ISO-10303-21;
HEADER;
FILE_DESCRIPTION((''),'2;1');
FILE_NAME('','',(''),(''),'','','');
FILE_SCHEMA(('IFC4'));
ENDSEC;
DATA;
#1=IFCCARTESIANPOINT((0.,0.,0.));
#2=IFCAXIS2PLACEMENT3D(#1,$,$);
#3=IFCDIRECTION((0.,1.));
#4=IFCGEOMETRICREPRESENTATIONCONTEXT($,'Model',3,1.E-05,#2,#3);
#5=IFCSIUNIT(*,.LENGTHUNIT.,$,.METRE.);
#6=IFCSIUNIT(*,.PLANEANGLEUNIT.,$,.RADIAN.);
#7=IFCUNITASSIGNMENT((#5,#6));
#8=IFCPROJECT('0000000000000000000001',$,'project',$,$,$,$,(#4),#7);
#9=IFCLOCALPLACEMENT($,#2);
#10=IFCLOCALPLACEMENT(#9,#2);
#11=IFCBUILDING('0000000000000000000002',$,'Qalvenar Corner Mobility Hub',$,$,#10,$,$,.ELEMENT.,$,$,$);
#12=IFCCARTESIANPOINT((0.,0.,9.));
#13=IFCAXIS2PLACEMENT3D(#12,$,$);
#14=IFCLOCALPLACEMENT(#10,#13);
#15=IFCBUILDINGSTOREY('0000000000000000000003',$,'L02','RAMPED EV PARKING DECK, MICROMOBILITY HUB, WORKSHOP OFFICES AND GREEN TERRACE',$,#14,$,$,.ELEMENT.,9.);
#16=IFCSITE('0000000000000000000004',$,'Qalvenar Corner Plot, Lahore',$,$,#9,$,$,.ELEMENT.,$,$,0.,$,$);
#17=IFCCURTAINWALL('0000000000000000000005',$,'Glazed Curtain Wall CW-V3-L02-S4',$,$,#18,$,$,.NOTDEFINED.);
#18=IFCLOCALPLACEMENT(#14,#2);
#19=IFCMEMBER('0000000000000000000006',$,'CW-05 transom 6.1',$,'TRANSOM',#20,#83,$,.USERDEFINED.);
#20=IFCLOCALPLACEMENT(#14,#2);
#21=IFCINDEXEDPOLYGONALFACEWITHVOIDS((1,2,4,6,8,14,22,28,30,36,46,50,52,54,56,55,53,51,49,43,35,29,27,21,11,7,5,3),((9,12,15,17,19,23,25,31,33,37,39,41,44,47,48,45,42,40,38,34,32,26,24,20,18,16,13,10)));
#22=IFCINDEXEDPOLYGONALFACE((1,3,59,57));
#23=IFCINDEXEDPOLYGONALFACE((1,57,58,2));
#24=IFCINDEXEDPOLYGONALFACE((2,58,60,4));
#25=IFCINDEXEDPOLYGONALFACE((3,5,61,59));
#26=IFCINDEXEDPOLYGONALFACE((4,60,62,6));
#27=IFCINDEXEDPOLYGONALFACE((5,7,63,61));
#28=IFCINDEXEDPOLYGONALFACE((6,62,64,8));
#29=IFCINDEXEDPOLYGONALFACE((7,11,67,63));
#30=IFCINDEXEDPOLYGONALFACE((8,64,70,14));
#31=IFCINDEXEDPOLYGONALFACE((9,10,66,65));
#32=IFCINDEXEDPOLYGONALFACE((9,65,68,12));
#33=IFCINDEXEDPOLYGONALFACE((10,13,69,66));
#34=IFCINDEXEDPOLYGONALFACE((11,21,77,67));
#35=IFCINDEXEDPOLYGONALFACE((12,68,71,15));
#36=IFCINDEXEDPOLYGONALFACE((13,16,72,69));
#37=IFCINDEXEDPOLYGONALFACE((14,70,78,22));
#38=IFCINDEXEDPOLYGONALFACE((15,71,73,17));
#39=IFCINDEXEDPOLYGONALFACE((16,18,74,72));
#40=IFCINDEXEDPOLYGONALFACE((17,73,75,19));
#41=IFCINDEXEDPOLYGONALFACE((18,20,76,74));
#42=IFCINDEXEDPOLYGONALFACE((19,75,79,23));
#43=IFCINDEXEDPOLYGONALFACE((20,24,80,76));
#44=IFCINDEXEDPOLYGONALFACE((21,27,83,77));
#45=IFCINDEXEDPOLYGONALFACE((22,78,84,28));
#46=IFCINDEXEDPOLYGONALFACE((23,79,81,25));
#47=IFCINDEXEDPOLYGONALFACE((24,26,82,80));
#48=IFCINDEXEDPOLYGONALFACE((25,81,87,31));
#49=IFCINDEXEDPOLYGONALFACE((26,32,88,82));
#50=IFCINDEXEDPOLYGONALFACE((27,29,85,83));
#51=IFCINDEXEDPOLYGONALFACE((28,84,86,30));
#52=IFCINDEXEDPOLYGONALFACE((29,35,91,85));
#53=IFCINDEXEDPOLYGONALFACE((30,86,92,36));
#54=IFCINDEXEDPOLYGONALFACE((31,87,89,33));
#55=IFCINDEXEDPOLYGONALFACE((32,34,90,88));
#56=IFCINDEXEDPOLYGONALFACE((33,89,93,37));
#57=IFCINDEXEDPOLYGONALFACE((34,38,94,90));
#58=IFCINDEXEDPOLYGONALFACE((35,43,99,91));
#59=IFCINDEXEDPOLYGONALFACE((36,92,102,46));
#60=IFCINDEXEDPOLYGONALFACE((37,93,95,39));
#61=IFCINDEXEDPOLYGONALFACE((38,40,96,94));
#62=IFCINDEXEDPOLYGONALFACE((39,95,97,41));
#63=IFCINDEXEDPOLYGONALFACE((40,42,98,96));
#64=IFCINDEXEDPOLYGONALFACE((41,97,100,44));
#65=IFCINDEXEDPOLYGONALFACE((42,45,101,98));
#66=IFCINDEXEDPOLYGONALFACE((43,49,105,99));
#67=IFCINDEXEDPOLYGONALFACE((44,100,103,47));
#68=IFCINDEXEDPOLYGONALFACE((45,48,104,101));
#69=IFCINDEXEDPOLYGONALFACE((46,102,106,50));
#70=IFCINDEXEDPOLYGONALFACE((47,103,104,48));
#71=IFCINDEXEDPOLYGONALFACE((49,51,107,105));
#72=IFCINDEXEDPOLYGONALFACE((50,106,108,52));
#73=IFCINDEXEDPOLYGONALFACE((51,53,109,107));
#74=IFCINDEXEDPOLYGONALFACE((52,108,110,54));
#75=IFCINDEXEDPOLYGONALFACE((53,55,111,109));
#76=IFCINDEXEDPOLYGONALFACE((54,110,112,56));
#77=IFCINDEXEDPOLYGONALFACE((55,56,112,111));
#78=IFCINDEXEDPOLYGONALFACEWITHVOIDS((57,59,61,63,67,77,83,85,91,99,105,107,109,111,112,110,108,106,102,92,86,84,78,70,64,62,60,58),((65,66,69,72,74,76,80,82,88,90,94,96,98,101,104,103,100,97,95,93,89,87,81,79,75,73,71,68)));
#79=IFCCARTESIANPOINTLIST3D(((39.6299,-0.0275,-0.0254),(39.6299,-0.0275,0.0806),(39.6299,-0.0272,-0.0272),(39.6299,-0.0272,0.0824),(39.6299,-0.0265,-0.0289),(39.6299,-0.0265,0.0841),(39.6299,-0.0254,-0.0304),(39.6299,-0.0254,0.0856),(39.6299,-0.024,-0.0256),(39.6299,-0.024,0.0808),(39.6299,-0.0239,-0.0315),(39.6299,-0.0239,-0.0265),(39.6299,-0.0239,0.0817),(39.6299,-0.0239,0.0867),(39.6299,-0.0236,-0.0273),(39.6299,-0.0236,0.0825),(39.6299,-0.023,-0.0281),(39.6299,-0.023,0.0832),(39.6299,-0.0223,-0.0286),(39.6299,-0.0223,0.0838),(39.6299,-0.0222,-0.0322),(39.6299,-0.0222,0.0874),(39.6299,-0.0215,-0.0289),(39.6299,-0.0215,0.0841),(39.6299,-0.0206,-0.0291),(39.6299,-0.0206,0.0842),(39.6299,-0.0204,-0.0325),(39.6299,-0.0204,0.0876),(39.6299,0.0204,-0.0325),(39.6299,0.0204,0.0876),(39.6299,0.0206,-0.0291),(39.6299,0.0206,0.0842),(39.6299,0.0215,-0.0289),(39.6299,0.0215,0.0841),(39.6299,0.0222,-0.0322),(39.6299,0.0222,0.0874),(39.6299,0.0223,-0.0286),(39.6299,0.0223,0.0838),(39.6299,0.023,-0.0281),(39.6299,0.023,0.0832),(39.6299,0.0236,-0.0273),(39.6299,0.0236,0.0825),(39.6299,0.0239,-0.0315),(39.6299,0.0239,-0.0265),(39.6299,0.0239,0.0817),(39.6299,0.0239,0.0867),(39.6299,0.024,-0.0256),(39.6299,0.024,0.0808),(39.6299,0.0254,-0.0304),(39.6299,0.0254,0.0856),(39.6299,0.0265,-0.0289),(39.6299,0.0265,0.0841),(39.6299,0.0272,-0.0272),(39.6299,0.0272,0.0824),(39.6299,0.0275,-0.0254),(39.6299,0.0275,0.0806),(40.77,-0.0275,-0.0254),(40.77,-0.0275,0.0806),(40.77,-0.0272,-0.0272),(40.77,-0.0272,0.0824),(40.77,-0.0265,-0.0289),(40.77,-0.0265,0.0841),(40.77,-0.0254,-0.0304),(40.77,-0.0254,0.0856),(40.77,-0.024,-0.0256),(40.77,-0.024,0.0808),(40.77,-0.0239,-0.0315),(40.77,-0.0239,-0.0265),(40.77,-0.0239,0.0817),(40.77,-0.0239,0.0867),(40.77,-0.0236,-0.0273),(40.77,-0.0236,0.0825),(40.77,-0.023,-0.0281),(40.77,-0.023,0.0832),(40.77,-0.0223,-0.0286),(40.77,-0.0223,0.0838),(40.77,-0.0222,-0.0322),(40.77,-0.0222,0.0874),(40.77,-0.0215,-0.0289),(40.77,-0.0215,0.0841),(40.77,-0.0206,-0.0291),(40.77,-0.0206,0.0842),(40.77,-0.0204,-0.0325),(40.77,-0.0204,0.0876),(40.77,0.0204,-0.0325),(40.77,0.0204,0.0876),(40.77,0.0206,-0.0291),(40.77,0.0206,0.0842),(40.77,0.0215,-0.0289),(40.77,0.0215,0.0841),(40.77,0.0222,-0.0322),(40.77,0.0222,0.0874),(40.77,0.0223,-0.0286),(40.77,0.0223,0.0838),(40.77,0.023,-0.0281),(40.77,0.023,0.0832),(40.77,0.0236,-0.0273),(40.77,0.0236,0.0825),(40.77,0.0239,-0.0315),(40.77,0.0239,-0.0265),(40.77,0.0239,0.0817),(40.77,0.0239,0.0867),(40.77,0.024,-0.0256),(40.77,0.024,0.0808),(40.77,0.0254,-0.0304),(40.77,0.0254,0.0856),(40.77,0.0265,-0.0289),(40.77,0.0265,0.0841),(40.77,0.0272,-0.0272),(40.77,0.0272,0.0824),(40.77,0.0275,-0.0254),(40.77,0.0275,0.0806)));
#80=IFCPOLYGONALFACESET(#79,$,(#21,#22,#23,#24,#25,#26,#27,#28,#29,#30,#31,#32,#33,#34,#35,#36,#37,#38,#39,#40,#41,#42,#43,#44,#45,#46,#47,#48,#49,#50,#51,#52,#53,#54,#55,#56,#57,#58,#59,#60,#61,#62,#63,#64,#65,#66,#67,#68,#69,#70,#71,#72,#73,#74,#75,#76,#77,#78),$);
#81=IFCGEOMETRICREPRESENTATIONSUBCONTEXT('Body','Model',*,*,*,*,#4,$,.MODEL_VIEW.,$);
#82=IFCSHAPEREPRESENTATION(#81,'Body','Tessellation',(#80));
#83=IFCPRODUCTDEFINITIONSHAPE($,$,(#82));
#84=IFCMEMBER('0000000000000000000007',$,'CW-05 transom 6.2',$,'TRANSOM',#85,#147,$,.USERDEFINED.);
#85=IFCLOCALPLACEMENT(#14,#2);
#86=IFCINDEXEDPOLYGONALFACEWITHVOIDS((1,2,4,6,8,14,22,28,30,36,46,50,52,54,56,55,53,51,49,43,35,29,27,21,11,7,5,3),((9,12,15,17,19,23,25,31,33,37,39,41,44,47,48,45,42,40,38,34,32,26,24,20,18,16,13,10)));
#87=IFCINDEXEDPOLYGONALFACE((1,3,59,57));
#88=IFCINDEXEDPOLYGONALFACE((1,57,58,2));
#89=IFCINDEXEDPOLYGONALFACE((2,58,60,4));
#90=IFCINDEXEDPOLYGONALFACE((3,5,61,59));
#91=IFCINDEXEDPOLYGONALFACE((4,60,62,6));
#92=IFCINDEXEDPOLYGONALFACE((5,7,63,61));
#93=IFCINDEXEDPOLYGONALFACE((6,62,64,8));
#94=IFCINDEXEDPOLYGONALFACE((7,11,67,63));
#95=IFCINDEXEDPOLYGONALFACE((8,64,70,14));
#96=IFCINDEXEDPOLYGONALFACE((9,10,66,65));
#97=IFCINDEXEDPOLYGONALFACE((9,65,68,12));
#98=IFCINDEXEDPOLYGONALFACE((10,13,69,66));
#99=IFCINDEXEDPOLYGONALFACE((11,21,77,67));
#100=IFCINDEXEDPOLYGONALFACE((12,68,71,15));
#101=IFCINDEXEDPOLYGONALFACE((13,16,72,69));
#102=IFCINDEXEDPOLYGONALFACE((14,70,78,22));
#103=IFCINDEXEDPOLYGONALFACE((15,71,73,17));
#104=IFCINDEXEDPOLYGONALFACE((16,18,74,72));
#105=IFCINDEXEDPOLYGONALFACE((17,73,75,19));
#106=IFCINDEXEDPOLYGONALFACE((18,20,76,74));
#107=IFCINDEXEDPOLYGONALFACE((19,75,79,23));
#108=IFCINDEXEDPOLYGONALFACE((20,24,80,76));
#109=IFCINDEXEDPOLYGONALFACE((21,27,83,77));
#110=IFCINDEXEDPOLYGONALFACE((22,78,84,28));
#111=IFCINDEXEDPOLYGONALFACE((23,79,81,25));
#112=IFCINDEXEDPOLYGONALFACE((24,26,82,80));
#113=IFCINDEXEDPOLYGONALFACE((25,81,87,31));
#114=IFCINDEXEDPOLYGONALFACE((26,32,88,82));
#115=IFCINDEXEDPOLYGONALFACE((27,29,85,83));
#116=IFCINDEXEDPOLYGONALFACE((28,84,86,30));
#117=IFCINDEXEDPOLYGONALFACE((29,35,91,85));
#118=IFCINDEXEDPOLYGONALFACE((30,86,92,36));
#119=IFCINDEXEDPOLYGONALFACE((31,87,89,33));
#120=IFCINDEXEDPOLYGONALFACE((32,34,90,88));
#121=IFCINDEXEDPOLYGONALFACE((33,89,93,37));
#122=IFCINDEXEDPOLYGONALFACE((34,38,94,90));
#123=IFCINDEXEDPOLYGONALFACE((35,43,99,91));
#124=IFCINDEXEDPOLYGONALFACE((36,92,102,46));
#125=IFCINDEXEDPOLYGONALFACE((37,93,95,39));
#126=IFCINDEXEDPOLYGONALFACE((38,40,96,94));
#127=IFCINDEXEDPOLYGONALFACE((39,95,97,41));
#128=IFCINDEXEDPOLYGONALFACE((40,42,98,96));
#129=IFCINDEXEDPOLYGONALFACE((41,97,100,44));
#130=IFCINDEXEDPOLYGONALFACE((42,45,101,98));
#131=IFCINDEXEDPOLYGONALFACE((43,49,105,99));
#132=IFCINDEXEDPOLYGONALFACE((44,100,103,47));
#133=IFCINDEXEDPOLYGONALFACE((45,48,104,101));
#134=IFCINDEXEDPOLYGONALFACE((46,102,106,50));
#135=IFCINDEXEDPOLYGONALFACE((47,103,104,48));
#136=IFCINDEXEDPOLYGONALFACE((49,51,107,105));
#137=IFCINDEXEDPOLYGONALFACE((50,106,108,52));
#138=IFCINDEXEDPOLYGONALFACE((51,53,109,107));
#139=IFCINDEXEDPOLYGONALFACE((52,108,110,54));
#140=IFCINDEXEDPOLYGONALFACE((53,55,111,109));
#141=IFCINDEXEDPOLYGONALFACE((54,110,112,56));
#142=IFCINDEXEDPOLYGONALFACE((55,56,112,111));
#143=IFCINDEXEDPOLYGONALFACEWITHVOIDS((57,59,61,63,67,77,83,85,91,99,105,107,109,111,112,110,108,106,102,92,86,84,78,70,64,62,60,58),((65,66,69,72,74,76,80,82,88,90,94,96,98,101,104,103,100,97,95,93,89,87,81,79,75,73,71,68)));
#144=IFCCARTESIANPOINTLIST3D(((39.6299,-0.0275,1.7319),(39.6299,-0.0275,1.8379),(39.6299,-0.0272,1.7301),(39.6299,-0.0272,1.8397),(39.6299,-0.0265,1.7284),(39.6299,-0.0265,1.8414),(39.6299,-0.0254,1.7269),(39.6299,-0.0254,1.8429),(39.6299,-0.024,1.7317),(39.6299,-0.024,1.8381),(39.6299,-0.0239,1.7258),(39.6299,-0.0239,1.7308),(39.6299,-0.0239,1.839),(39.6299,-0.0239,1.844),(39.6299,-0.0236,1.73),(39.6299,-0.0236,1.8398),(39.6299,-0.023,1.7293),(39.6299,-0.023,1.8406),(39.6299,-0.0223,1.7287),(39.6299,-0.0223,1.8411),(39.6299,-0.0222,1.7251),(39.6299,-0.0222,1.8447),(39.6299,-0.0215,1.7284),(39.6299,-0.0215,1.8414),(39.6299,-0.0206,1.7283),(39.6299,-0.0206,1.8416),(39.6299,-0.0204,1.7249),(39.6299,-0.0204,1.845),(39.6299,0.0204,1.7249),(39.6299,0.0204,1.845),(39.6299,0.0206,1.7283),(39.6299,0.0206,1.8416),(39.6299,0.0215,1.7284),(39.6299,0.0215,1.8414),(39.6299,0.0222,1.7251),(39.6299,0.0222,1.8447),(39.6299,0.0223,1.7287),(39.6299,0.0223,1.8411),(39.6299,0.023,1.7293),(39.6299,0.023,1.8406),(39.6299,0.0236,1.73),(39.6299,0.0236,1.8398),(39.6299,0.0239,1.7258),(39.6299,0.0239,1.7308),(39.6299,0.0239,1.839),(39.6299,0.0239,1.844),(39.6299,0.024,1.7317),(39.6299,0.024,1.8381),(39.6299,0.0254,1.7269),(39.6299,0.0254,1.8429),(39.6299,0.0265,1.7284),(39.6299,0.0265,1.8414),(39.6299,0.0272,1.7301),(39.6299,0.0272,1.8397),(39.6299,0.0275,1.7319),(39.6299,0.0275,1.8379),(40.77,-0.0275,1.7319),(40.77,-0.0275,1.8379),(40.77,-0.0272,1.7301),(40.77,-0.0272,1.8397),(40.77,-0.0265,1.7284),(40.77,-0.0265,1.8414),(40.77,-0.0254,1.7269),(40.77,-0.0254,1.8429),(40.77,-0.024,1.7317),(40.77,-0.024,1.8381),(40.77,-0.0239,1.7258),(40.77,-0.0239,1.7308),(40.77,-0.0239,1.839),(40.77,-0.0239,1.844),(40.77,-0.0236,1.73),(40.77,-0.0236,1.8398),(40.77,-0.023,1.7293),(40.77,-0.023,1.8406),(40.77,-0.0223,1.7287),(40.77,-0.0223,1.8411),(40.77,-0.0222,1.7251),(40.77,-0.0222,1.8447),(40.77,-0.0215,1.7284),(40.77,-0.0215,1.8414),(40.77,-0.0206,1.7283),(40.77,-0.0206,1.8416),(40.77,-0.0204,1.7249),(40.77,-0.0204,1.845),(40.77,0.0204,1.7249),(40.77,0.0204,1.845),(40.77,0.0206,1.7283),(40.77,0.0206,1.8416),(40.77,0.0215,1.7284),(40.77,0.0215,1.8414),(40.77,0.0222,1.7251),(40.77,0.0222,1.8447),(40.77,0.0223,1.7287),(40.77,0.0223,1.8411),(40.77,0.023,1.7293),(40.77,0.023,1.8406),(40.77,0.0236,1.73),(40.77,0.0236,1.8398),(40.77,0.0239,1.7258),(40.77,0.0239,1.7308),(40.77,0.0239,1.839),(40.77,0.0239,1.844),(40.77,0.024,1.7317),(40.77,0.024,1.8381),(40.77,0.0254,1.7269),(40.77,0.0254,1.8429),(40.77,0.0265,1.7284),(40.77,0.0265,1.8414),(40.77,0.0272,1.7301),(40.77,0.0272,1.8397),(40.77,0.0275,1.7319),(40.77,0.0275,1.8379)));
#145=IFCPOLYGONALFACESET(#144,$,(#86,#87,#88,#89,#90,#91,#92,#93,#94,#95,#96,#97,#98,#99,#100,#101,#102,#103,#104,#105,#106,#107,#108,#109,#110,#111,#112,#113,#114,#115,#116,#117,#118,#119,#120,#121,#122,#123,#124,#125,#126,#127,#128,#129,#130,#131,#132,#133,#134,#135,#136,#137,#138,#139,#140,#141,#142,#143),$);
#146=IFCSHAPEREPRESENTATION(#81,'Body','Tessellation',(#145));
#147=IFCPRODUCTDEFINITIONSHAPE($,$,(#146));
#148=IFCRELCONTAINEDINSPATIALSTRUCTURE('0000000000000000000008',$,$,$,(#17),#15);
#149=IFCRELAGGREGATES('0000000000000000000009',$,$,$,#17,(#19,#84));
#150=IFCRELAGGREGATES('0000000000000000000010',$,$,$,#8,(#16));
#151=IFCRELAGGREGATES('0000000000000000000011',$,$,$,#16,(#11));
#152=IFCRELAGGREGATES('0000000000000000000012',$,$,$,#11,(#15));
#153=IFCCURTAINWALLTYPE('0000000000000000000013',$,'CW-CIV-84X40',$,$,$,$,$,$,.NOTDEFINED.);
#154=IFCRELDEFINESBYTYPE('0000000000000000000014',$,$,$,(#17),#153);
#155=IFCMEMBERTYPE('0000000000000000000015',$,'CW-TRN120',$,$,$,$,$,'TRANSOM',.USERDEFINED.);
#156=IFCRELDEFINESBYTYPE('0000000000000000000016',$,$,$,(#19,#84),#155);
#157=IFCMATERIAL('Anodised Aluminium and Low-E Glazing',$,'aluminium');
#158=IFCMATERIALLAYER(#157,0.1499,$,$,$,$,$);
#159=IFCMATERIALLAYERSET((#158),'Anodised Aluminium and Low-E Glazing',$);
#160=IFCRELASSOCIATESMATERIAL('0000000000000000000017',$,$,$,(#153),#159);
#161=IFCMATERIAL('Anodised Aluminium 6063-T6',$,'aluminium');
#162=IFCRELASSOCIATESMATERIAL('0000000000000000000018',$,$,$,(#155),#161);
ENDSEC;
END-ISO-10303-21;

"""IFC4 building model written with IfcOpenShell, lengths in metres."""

from ifc_helpers import new_model, si_unit, direction, frame, origin, origin_2d, place, context, subcontext, project, spatial, hollow_rectangle, extrude, material, layer, layer_set, material_profile, profile_set, type_object, element, aggregate, save


model = new_model("IFC4")

# Units and contexts
model_context = context("Model", 3, precision=1e-05, world=origin(), true_north=direction((0.0, 1.0)))
body_context = subcontext(model_context, "Body", "Model", "MODEL_VIEW")
ifc_project = project(units=[si_unit("LENGTHUNIT", "METRE"), si_unit("PLANEANGLEUNIT", "RADIAN")], contexts=[model_context])

# Site, building, storey
site_placement = place(None, origin())
site = spatial("IfcSite", under=ifc_project, at=site_placement, Name="Qalvenar Corner Plot, Lahore", CompositionType="ELEMENT", RefElevation=0.0)
building_placement = place(site_placement, origin())
building = spatial("IfcBuilding", under=site, at=building_placement, Name="Qalvenar Corner Mobility Hub", CompositionType="ELEMENT")
storey_placement = place(building_placement, frame((0.0, 0.0, 9.0)))
storey = spatial("IfcBuildingStorey", under=building, at=storey_placement, Name="L02", Description="RAMPED EV PARKING DECK, MICROMOBILITY HUB, WORKSHOP OFFICES AND GREEN TERRACE", CompositionType="ELEMENT", Elevation=9.0)

# Curtain wall, members
ifc_material_1 = material(Name="Anodised Aluminium and Low-E Glazing", Category="aluminium")
ifc_layer_1 = layer(ifc_material_1, 0.1499)
ifc_layer_set_1 = layer_set([ifc_layer_1], Name="Anodised Aluminium and Low-E Glazing")
curtain_wall_type = type_object("IfcCurtainWallType", Name="CW-CIV-84X40", PredefinedType="NOTDEFINED", material=ifc_layer_set_1)
curtain_wall_placement = place(storey_placement, origin())
curtain_wall = element("IfcCurtainWall", 1, at=curtain_wall_placement, inside=storey, type_object=curtain_wall_type, Name="Glazed Curtain Wall CW-V3-L02-S4", PredefinedType="NOTDEFINED")
ifc_material_2 = material(Name="Anodised Aluminium 6063-T6", Category="aluminium")
ifc_material_profile_1 = material_profile(ifc_material_2, hollow_rectangle(XDim=0.0549, YDim=0.1201, WallThickness=0.0034, InnerFilletRadius=0.0034, OuterFilletRadius=0.0071, at=origin_2d()), Name="RHS120x55x3.5")
ifc_profile_set_1 = profile_set([ifc_material_profile_1], Name="Anodised Aluminium 6063-T6")
member_type_1 = type_object("IfcMemberType", Name="CW-TRN120", ElementType="TRANSOM", PredefinedType="USERDEFINED", material=ifc_profile_set_1)
member_1_placement = place(storey_placement, frame((39.6299, 0.0, 0.0276), z_axis=(1.0, 0.0, 0.0), x_axis=(0.0, 1.0, 0.0)))
member_1 = element("IfcMember", 2, at=member_1_placement, type_object=member_type_1, Name="CW-05 transom 6.1", ObjectType="TRANSOM", PredefinedType="USERDEFINED", context=body_context, shape_type="SweptSolid", body=[
    extrude(hollow_rectangle(XDim=0.0549, YDim=0.1201, WallThickness=0.0034, InnerFilletRadius=0.0034, OuterFilletRadius=0.0071, at=origin_2d()), origin(), (0.0, 0.0, 1.0), 1.1401),
])
member_2_placement = place(storey_placement, frame((39.6299, 0.0, 1.7849), z_axis=(1.0, 0.0, 0.0), x_axis=(0.0, 1.0, 0.0)))
member_2 = element("IfcMember", 3, at=member_2_placement, type_object=member_type_1, Name="CW-05 transom 6.2", ObjectType="TRANSOM", PredefinedType="USERDEFINED", context=body_context, shape_type="SweptSolid", body=[
    extrude(hollow_rectangle(XDim=0.0549, YDim=0.1201, WallThickness=0.0034, InnerFilletRadius=0.0034, OuterFilletRadius=0.0071, at=origin_2d()), origin(), (0.0, 0.0, 1.0), 1.1401),
])
aggregate(curtain_wall, [member_1, member_2])

save(model, "model.ifc")
